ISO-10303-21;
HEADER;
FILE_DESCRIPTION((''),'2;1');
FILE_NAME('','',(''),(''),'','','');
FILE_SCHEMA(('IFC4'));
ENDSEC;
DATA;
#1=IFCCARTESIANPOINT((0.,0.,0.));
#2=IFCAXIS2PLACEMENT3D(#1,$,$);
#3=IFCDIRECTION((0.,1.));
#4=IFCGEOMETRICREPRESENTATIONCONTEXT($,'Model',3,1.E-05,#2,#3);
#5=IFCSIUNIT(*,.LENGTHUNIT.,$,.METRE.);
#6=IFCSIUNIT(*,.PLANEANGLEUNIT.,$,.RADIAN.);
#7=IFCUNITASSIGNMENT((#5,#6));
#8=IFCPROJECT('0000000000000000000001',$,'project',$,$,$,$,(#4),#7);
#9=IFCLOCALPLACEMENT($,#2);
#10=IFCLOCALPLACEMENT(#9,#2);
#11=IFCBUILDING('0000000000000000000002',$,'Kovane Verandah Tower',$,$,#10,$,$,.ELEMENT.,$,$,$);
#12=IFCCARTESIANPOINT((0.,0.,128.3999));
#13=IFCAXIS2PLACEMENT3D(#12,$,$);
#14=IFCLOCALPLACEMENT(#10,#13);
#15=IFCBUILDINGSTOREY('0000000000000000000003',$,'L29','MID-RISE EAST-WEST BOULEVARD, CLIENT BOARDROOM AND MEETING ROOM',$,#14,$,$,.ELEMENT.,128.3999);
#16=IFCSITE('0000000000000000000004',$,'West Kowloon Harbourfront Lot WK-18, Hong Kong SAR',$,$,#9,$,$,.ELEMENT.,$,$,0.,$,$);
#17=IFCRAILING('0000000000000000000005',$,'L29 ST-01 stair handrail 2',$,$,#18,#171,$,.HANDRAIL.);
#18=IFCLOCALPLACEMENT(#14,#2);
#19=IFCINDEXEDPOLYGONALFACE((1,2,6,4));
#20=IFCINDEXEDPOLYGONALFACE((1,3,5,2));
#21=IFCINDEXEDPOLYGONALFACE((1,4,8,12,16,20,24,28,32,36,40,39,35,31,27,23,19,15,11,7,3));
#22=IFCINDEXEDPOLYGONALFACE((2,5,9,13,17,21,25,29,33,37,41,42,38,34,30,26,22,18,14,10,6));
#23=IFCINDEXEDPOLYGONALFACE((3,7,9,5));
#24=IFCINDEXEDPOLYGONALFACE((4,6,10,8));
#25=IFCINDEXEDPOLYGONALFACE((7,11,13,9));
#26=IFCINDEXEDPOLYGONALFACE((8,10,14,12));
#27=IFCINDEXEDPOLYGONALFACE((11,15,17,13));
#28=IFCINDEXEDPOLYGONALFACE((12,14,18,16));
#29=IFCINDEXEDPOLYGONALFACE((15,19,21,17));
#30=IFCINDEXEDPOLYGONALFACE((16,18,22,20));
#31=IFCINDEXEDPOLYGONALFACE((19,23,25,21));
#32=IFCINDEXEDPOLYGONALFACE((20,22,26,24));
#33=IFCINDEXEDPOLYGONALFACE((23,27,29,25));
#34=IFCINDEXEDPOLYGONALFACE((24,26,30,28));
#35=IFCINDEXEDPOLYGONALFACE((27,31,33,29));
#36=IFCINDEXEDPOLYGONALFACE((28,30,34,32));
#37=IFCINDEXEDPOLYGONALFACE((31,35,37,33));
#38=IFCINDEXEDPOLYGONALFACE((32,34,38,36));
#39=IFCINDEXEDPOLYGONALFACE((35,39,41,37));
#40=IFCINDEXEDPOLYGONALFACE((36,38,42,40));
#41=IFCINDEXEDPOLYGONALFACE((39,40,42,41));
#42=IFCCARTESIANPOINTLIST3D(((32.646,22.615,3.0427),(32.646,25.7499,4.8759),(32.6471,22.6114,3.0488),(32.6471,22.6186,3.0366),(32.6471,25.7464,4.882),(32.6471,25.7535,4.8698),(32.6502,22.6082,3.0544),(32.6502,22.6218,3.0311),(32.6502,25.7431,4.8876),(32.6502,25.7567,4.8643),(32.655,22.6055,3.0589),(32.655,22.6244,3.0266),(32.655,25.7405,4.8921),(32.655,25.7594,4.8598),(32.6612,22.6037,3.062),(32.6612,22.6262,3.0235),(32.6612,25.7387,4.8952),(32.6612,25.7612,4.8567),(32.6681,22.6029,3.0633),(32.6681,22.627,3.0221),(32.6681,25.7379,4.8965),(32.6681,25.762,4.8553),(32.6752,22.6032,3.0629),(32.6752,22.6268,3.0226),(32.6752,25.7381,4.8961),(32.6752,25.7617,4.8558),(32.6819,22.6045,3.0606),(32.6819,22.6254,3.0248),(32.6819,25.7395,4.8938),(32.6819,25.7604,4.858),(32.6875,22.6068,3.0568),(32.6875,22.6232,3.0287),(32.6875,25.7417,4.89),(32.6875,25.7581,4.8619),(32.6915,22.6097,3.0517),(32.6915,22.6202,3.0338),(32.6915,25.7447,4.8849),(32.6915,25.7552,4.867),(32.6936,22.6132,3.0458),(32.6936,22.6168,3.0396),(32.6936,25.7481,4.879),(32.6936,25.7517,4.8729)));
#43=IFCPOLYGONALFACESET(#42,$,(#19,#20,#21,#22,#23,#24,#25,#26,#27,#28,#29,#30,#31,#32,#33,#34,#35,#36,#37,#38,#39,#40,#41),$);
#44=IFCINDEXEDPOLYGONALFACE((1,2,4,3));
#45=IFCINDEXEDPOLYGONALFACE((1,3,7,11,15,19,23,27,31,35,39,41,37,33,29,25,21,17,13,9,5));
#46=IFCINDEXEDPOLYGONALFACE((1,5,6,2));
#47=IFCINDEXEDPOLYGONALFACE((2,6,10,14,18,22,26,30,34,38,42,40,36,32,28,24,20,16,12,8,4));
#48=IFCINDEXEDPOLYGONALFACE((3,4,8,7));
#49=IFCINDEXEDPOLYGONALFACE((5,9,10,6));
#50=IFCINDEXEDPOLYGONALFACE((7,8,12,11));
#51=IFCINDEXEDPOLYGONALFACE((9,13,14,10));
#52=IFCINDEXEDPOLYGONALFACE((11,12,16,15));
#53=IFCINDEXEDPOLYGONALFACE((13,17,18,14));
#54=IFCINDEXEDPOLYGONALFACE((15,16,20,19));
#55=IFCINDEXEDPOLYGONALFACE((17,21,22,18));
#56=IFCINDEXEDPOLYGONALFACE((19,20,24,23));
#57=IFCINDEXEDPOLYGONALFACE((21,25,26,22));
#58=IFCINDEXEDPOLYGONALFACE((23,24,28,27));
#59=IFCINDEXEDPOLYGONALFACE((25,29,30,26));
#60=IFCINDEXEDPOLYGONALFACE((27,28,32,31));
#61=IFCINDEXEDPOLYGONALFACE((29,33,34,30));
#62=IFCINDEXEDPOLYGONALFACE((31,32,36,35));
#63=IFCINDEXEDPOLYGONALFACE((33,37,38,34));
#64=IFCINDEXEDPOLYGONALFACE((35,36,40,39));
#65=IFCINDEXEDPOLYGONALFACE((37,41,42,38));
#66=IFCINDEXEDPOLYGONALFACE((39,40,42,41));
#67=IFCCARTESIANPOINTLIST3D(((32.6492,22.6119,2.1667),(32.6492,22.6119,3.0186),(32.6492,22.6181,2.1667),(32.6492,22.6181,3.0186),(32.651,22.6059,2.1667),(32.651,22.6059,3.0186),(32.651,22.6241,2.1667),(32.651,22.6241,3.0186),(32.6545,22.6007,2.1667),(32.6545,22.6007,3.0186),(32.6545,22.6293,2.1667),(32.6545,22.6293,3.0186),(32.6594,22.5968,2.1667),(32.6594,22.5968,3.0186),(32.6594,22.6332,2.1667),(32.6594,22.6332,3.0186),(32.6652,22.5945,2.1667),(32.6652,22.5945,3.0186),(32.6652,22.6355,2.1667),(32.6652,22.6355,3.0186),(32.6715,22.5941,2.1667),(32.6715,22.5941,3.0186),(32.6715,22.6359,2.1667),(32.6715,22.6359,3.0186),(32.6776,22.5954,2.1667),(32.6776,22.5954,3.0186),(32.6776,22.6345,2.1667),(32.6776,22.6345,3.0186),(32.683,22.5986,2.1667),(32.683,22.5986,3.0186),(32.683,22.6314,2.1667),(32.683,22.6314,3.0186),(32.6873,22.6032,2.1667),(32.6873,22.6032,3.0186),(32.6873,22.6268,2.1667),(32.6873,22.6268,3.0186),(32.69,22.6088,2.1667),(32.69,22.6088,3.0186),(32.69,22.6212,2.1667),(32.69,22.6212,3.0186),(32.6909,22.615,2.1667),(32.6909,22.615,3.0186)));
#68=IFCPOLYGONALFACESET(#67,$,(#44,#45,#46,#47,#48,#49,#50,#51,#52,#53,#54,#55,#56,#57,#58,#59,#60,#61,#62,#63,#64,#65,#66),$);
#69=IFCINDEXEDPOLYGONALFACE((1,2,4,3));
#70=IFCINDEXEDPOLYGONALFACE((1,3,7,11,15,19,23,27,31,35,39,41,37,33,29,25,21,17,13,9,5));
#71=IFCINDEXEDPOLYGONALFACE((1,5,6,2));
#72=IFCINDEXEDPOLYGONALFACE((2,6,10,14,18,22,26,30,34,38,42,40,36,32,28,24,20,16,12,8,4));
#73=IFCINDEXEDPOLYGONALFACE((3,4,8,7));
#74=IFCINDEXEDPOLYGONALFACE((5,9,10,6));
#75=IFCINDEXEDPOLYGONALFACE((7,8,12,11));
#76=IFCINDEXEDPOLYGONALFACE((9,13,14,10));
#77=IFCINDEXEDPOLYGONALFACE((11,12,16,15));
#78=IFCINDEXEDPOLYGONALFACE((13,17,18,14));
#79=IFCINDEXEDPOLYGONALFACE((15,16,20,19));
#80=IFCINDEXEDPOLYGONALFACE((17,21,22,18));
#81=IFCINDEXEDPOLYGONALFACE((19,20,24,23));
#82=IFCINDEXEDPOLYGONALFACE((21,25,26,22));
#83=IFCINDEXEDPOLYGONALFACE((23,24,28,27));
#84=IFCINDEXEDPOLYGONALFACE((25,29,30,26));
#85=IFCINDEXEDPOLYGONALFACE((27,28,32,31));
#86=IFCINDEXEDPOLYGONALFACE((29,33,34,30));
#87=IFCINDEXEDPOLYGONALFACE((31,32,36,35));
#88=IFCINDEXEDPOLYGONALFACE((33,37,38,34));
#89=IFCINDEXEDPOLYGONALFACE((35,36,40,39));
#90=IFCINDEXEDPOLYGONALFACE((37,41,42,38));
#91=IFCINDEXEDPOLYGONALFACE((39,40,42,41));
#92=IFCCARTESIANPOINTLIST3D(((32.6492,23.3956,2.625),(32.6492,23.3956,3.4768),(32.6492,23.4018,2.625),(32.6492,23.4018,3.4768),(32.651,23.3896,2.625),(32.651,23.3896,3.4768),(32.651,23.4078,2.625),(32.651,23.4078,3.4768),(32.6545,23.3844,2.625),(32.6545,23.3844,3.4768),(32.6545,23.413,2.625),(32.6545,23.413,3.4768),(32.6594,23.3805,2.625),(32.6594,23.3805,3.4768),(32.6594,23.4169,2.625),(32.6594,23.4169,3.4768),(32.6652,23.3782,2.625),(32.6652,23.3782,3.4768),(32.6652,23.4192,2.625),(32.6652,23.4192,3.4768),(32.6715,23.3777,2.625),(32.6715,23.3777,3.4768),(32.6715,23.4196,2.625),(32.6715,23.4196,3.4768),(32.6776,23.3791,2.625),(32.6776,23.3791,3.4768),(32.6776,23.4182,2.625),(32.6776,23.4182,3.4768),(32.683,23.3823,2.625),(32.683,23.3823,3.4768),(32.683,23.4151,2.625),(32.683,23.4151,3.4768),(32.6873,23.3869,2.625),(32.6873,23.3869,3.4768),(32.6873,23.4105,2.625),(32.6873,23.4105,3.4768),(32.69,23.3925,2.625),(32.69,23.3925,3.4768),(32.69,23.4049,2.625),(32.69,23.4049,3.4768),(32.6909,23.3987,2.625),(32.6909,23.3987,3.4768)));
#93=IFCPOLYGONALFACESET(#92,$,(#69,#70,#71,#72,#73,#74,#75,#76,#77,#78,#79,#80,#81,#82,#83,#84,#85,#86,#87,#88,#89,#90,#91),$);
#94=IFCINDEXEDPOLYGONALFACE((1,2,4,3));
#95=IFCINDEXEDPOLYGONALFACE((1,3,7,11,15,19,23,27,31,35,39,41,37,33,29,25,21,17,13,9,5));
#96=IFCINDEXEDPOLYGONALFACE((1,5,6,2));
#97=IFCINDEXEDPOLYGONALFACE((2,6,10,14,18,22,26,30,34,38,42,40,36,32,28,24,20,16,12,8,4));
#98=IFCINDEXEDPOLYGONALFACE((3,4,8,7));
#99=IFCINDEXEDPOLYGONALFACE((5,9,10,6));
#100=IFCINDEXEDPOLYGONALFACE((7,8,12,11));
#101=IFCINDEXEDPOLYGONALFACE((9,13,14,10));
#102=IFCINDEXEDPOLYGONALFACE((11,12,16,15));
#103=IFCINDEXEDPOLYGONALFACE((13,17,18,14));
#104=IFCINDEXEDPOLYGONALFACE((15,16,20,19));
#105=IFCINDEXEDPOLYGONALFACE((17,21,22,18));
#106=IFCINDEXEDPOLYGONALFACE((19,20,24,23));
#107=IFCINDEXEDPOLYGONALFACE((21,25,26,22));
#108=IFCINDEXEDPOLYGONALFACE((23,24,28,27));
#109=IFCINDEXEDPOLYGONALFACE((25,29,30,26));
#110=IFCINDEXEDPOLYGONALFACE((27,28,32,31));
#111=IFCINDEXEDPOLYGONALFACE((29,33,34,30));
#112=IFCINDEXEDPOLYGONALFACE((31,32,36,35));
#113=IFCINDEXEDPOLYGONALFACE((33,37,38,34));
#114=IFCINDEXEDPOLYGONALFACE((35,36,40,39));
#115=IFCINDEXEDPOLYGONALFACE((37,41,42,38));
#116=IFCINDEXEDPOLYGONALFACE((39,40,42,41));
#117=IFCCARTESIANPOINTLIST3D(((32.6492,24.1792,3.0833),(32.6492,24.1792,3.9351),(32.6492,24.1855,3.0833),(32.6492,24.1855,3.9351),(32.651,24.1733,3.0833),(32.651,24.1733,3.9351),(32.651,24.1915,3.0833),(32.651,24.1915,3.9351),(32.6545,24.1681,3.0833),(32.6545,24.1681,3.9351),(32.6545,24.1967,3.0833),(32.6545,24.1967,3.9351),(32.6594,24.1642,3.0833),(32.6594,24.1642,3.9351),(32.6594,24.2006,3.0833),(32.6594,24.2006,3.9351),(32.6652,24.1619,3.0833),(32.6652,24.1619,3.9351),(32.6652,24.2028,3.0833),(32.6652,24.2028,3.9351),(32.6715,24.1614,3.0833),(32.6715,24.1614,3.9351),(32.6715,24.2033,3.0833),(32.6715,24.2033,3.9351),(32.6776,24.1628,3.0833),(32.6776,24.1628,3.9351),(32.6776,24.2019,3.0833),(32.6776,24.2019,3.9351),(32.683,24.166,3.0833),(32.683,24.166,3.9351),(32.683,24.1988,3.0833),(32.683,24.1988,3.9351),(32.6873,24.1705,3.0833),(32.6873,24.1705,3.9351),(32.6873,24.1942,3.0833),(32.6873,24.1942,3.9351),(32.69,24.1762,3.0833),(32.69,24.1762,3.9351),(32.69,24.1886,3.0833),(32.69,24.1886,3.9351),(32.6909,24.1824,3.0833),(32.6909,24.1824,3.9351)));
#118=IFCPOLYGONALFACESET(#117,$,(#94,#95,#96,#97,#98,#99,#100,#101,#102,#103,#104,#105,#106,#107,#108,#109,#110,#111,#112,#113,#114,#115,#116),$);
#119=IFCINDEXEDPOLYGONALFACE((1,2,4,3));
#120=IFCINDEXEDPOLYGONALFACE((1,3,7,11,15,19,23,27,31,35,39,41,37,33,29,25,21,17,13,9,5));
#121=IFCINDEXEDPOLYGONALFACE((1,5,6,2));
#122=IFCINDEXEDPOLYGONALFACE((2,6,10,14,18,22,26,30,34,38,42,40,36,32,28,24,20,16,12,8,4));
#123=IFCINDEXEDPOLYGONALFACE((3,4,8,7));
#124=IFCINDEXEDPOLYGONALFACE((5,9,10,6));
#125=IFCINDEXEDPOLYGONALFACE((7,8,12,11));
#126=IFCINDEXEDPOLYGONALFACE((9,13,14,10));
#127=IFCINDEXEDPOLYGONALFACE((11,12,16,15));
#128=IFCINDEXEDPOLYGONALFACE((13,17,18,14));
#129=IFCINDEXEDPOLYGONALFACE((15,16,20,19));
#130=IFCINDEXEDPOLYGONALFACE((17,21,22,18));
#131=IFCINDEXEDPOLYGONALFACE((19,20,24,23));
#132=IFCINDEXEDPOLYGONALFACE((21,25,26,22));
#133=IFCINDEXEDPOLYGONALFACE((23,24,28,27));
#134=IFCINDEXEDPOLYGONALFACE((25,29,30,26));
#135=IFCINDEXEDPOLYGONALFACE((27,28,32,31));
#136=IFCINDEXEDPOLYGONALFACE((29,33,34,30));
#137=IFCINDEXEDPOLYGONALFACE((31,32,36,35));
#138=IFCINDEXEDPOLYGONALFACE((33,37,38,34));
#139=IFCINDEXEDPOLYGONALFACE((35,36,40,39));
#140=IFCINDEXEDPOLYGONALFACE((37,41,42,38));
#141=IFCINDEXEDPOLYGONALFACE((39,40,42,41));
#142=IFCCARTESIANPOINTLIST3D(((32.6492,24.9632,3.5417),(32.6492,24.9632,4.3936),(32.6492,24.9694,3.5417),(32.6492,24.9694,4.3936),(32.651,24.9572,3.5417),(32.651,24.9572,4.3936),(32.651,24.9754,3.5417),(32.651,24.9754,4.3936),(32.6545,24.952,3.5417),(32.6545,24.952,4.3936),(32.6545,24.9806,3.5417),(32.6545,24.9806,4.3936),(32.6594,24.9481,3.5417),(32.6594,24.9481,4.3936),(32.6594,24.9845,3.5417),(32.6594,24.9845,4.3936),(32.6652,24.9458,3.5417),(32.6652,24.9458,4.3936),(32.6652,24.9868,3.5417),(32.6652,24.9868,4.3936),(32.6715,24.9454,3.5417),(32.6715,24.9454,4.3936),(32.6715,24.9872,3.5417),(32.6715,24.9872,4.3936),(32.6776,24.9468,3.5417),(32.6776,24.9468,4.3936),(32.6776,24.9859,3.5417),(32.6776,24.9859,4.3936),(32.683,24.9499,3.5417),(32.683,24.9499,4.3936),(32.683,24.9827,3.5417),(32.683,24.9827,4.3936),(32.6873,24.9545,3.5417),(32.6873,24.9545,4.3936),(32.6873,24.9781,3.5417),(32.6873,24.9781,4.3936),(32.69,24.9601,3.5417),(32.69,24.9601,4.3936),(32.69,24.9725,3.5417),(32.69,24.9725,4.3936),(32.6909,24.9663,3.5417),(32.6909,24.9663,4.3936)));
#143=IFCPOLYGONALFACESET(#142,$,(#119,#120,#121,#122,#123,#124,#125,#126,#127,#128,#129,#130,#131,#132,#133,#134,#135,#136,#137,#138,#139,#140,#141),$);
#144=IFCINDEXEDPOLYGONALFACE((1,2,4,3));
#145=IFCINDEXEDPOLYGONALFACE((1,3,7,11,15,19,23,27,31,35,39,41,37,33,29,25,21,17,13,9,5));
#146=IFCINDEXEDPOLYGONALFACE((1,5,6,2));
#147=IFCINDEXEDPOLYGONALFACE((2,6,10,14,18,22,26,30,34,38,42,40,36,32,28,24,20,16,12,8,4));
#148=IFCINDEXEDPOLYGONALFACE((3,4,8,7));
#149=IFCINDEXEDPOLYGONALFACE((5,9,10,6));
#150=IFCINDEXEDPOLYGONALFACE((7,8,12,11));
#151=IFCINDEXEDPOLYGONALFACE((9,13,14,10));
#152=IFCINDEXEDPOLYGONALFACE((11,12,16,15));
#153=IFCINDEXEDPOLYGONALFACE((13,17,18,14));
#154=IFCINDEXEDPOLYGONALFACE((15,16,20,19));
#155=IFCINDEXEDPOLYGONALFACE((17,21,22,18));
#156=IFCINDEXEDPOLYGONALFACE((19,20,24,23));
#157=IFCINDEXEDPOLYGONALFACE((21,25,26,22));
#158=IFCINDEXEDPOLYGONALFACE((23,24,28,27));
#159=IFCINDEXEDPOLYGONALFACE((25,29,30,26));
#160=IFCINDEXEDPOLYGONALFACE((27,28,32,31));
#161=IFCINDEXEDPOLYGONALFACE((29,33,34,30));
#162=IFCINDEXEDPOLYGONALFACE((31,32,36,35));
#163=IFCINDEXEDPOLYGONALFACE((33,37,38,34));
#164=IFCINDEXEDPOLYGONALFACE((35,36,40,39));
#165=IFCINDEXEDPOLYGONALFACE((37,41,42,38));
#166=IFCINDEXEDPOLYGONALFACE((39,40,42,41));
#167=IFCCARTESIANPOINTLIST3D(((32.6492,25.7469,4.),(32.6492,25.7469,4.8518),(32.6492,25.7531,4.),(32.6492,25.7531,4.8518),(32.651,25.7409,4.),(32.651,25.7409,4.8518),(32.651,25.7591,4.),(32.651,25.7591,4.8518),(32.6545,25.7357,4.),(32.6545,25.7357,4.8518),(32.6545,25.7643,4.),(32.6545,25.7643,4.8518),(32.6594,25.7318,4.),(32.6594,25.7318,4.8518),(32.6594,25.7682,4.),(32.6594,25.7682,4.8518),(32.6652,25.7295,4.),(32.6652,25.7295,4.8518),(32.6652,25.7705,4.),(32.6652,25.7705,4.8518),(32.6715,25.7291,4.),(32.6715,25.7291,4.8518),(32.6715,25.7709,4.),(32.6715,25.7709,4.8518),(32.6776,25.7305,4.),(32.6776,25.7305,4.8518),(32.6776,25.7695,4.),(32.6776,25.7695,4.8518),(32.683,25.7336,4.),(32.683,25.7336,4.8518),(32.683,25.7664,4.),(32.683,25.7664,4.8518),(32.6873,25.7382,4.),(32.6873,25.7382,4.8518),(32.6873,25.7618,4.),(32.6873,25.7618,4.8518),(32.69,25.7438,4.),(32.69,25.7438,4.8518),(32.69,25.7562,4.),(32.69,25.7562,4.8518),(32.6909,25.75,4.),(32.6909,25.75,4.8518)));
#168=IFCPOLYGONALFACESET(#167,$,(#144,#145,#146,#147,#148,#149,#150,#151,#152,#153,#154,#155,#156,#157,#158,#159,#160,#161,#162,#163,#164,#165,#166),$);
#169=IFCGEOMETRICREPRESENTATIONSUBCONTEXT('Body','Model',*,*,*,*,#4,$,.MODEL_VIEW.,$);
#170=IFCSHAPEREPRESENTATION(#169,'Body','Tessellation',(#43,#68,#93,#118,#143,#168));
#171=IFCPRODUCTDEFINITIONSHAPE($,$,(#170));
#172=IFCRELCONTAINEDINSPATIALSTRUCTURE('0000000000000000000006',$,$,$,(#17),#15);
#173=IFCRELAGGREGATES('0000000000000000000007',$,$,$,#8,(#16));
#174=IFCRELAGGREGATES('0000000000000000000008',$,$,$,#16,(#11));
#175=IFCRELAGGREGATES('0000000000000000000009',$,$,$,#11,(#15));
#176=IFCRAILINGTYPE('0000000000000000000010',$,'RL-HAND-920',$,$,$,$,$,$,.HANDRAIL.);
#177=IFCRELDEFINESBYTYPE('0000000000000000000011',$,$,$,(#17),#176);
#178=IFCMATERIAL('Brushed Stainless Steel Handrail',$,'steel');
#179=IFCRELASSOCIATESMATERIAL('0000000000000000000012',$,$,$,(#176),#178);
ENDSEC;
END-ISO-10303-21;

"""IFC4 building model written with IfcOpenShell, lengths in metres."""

from ifc_helpers import new_model, si_unit, direction, frame, origin, origin_2d, place, context, subcontext, project, spatial, circle, extrude, material, type_object, element, save


model = new_model("IFC4")

# Units and contexts
model_context = context("Model", 3, precision=1e-05, world=origin(), true_north=direction((0.0, 1.0)))
body_context = subcontext(model_context, "Body", "Model", "MODEL_VIEW")
ifc_project = project(units=[si_unit("LENGTHUNIT", "METRE"), si_unit("PLANEANGLEUNIT", "RADIAN")], contexts=[model_context])

# Site, building, storey
site_placement = place(None, origin())
site = spatial("IfcSite", under=ifc_project, at=site_placement, Name="West Kowloon Harbourfront Lot WK-18, Hong Kong SAR", CompositionType="ELEMENT", RefElevation=0.0)
building_placement = place(site_placement, origin())
building = spatial("IfcBuilding", under=site, at=building_placement, Name="Kovane Verandah Tower", CompositionType="ELEMENT")
storey_placement = place(building_placement, frame((0.0, 0.0, 128.3999)))
storey = spatial("IfcBuildingStorey", under=building, at=storey_placement, Name="L29", Description="MID-RISE EAST-WEST BOULEVARD, CLIENT BOARDROOM AND MEETING ROOM", CompositionType="ELEMENT", Elevation=128.3999)

# Railing
ifc_material_1 = material(Name="Brushed Stainless Steel Handrail", Category="steel")
railing_type_1 = type_object("IfcRailingType", Name="RL-HAND-920", PredefinedType="HANDRAIL", material=ifc_material_1)
railing_1_placement = place(storey_placement, frame((32.6699, 22.615, 2.1667)))
element("IfcRailing", 1, at=railing_1_placement, inside=storey, type_object=railing_type_1, Name="L29 ST-01 stair handrail 2", PredefinedType="HANDRAIL", context=body_context, shape_type="SweptSolid", body=[
    extrude(circle(Radius=0.0239, at=origin_2d()), frame((0.0, 0.0, 0.876), z_axis=(0.0, 0.86324, 0.504794), x_axis=(-1.0, 0.0, 0.0)), (0.0, 0.0, 1.0), 3.6316),
    extrude(circle(Radius=0.021, at=origin_2d()), origin(), (0.0, 0.0, 1.0), 0.8518),
    extrude(circle(Radius=0.021, at=origin_2d()), frame((0.0, 0.7837, 0.4583)), (0.0, 0.0, 1.0), 0.8518),
    extrude(circle(Radius=0.021, at=origin_2d()), frame((0.0, 1.5674, 0.9165)), (0.0, 0.0, 1.0), 0.8518),
    extrude(circle(Radius=0.021, at=origin_2d()), frame((0.0, 2.3513, 1.375)), (0.0, 0.0, 1.0), 0.8518),
    extrude(circle(Radius=0.021, at=origin_2d()), frame((0.0, 3.135, 1.8333)), (0.0, 0.0, 1.0), 0.8518),
])

save(model, "model.ifc")
